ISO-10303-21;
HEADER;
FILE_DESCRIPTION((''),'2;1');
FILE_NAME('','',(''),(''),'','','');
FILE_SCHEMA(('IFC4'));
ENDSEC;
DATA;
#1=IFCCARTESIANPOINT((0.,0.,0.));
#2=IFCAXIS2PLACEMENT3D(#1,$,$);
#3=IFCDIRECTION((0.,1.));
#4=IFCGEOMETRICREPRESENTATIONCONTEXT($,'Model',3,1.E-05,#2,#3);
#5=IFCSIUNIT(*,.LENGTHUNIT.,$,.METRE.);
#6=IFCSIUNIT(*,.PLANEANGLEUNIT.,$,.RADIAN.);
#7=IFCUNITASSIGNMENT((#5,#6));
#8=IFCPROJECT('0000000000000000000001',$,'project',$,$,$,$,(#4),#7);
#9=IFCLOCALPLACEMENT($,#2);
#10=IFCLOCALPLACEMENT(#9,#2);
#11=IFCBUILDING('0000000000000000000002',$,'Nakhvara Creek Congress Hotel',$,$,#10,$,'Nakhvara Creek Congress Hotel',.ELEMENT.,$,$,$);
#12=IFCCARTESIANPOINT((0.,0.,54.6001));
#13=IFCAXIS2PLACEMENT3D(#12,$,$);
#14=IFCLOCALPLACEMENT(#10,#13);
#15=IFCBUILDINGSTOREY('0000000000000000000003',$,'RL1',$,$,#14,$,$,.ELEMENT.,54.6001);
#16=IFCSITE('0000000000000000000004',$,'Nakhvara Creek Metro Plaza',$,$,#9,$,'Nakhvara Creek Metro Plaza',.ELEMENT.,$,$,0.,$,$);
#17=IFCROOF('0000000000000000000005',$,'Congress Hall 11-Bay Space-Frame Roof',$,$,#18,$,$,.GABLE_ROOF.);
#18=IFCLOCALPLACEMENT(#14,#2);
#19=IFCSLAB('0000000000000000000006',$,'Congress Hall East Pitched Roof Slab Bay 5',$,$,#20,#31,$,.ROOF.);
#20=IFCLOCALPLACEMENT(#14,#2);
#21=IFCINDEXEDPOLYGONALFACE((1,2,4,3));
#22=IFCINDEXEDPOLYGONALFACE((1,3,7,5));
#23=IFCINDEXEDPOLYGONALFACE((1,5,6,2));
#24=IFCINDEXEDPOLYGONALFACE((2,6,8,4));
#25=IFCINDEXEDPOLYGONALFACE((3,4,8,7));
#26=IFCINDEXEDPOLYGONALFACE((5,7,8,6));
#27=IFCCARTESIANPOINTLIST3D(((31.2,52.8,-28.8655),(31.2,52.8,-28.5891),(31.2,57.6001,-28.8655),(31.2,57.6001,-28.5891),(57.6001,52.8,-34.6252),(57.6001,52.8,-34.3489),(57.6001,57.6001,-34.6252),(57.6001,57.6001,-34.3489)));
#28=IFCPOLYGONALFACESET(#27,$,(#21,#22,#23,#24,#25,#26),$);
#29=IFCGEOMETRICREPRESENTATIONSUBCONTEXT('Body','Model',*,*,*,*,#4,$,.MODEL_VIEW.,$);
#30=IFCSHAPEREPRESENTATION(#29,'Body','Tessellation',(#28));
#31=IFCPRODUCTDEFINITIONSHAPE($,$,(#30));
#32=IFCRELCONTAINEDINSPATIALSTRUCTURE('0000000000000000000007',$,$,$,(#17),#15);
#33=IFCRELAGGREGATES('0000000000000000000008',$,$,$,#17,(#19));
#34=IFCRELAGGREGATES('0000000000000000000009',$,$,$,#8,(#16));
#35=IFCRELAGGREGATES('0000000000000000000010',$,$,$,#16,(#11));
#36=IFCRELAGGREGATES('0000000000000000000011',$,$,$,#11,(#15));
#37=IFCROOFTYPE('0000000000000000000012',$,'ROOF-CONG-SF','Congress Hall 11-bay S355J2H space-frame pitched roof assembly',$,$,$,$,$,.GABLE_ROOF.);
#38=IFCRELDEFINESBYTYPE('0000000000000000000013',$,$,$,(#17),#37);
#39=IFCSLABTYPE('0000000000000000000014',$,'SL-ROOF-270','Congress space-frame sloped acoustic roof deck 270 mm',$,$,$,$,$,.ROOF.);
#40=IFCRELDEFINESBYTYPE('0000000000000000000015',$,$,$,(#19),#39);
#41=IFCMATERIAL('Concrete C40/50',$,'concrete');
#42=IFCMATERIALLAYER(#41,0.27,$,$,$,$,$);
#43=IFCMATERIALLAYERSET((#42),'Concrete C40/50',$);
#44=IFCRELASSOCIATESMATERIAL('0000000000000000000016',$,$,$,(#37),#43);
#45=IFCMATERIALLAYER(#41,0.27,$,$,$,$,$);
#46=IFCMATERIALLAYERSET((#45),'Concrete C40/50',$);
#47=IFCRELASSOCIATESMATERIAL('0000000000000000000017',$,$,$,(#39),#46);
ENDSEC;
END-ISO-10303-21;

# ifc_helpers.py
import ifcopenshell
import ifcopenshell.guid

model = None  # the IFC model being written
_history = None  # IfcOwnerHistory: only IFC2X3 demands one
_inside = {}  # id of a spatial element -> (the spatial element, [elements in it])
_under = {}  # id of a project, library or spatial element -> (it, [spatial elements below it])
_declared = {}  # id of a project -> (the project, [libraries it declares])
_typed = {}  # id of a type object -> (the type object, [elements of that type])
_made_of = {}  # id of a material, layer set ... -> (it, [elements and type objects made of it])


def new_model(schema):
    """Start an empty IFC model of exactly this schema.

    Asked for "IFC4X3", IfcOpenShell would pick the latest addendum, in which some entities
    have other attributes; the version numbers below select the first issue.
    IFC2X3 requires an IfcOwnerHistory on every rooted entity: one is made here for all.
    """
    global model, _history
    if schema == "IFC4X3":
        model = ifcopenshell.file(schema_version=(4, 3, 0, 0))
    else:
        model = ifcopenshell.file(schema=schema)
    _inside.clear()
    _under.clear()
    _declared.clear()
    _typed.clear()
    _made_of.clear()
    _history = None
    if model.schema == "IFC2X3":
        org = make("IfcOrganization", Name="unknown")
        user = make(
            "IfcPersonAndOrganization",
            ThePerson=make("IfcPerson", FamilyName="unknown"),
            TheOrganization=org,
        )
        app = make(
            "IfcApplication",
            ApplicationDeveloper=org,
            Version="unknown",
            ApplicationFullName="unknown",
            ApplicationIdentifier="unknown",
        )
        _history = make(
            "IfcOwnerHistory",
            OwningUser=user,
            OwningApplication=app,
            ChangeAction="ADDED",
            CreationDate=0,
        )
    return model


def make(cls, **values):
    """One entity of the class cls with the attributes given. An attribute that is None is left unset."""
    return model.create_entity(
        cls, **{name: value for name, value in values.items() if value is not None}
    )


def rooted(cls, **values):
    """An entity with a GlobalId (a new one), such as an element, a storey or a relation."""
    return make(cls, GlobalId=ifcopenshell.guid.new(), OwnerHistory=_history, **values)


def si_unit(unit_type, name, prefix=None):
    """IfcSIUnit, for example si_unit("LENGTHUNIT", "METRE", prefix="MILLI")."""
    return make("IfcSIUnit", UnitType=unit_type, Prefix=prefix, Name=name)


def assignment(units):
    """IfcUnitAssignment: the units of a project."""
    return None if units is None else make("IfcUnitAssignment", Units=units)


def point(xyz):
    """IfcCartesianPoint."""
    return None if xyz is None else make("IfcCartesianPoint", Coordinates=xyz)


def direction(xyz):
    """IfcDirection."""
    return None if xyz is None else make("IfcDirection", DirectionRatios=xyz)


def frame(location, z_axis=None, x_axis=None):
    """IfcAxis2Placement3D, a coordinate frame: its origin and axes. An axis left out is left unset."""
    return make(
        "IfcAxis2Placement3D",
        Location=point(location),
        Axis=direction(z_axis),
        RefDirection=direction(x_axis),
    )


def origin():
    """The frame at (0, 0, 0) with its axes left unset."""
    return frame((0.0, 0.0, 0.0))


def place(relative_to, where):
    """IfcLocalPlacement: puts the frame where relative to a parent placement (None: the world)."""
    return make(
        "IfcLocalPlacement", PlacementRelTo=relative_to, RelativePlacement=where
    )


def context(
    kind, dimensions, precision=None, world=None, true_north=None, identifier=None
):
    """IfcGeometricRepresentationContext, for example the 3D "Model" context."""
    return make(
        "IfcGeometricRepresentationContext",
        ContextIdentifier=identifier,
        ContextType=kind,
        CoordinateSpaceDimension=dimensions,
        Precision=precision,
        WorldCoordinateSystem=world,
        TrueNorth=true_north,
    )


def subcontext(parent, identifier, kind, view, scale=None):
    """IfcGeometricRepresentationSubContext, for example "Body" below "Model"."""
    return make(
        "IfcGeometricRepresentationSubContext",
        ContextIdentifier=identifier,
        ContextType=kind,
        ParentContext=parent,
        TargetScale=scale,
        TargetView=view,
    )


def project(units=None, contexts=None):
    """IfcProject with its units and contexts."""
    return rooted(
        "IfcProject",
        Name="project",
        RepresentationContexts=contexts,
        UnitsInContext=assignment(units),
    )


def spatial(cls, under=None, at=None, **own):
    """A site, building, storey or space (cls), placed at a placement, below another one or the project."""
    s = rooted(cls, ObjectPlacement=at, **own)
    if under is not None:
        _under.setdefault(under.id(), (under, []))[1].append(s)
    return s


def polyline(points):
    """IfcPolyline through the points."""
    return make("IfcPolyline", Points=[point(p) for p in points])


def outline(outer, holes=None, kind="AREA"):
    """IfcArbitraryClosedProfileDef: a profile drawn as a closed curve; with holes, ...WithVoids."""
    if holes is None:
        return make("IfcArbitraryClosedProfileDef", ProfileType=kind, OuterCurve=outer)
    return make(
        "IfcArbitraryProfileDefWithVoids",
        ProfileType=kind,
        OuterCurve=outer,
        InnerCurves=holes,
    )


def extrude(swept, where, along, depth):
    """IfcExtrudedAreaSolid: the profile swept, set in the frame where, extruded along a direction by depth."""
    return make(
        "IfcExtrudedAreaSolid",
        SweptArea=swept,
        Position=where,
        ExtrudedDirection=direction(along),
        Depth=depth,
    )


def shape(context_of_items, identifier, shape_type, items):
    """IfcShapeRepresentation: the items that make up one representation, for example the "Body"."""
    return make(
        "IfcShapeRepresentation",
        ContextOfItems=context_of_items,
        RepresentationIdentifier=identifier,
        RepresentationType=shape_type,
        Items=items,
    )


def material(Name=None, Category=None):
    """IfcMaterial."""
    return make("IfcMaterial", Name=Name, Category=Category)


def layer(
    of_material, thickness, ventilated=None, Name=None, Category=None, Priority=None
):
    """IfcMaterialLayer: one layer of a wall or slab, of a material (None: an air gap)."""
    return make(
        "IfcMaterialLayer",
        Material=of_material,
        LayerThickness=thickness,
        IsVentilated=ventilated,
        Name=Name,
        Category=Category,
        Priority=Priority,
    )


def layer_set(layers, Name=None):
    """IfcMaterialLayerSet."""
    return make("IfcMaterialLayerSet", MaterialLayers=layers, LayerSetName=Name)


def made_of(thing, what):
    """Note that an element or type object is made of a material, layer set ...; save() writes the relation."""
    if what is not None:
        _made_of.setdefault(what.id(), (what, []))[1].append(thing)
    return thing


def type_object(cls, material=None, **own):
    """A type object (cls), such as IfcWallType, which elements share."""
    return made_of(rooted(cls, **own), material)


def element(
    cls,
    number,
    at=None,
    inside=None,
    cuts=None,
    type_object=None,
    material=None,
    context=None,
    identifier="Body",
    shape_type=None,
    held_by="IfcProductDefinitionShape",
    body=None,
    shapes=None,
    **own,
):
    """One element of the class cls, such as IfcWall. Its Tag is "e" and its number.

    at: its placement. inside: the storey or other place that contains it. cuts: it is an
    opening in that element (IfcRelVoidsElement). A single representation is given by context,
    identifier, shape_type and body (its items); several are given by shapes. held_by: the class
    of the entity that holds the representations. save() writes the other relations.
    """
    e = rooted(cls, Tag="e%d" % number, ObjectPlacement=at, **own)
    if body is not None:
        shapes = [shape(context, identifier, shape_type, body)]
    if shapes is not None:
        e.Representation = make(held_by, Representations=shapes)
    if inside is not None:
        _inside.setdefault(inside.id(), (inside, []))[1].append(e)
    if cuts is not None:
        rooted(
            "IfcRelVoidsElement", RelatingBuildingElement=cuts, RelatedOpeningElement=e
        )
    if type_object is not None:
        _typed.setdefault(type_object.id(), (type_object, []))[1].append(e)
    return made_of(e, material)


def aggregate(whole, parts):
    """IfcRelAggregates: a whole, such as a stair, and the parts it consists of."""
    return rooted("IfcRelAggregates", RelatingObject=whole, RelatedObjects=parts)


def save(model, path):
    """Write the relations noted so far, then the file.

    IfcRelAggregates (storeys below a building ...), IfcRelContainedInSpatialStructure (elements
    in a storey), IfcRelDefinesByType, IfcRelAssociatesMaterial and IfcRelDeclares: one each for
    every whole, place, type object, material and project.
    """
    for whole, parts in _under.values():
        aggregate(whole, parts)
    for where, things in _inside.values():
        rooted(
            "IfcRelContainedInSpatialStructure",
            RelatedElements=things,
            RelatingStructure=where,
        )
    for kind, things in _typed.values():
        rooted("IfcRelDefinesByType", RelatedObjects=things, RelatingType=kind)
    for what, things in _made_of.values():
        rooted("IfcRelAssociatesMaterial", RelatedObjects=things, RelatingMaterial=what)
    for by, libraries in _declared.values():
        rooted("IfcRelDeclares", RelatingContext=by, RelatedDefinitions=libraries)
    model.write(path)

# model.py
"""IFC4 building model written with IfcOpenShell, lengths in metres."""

from ifc_helpers import new_model, si_unit, direction, frame, origin, place, context, subcontext, project, spatial, polyline, outline, extrude, material, layer, layer_set, type_object, element, aggregate, save


model = new_model("IFC4")

# Units and contexts
model_context = context("Model", 3, precision=1e-05, world=origin(), true_north=direction((0.0, 1.0)))
body_context = subcontext(model_context, "Body", "Model", "MODEL_VIEW")
ifc_project = project(units=[si_unit("LENGTHUNIT", "METRE"), si_unit("PLANEANGLEUNIT", "RADIAN")], contexts=[model_context])

# Site, building, storey
site_placement = place(None, origin())
site = spatial("IfcSite", under=ifc_project, at=site_placement, Name="Nakhvara Creek Metro Plaza", LongName="Nakhvara Creek Metro Plaza", CompositionType="ELEMENT", RefElevation=0.0)
building_placement = place(site_placement, origin())
building = spatial("IfcBuilding", under=site, at=building_placement, Name="Nakhvara Creek Congress Hotel", LongName="Nakhvara Creek Congress Hotel", CompositionType="ELEMENT")
storey_placement = place(building_placement, frame((0.0, 0.0, 54.6001)))
storey = spatial("IfcBuildingStorey", under=building, at=storey_placement, Name="RL1", CompositionType="ELEMENT", Elevation=54.6001)

# Roof, slab
ifc_material_1 = material(Name="Concrete C40/50", Category="concrete")
ifc_layer_1 = layer(ifc_material_1, 0.27)
ifc_layer_set_1 = layer_set([ifc_layer_1], Name="Concrete C40/50")
roof_type = type_object("IfcRoofType", Name="ROOF-CONG-SF", Description="Congress Hall 11-bay S355J2H space-frame pitched roof assembly", PredefinedType="GABLE_ROOF", material=ifc_layer_set_1)
roof_placement = place(storey_placement, origin())
roof = element("IfcRoof", 1, at=roof_placement, inside=storey, type_object=roof_type, Name="Congress Hall 11-Bay Space-Frame Roof", PredefinedType="GABLE_ROOF")
ifc_layer_2 = layer(ifc_material_1, 0.27)
ifc_layer_set_2 = layer_set([ifc_layer_2], Name="Concrete C40/50")
slab_type = type_object("IfcSlabType", Name="SL-ROOF-270", Description="Congress space-frame sloped acoustic roof deck 270 mm", PredefinedType="ROOF", material=ifc_layer_set_2)
slab_1_placement = place(storey_placement, frame((31.2, 52.8, -28.5891), z_axis=(0.0, 0.0, 1.0), x_axis=(1.0, 0.0, 0.0)))
slab_1 = element("IfcSlab", 2, at=slab_1_placement, type_object=slab_type, Name="Congress Hall East Pitched Roof Slab Bay 5", PredefinedType="ROOF", context=body_context, shape_type="SweptSolid", body=[
    extrude(outline(polyline([(0.0, 0.0), (26.4001, -5.7598), (26.4001, -6.0361), (0.0, -0.2764), (0.0, 0.0)])), frame((0.0, 4.8, 0.0), z_axis=(0.0, -1.0, 0.0), x_axis=(1.0, 0.0, 0.0)), (0.0, 0.0, 1.0), 4.8),
])
aggregate(roof, [slab_1])

save(model, "model.ifc")
